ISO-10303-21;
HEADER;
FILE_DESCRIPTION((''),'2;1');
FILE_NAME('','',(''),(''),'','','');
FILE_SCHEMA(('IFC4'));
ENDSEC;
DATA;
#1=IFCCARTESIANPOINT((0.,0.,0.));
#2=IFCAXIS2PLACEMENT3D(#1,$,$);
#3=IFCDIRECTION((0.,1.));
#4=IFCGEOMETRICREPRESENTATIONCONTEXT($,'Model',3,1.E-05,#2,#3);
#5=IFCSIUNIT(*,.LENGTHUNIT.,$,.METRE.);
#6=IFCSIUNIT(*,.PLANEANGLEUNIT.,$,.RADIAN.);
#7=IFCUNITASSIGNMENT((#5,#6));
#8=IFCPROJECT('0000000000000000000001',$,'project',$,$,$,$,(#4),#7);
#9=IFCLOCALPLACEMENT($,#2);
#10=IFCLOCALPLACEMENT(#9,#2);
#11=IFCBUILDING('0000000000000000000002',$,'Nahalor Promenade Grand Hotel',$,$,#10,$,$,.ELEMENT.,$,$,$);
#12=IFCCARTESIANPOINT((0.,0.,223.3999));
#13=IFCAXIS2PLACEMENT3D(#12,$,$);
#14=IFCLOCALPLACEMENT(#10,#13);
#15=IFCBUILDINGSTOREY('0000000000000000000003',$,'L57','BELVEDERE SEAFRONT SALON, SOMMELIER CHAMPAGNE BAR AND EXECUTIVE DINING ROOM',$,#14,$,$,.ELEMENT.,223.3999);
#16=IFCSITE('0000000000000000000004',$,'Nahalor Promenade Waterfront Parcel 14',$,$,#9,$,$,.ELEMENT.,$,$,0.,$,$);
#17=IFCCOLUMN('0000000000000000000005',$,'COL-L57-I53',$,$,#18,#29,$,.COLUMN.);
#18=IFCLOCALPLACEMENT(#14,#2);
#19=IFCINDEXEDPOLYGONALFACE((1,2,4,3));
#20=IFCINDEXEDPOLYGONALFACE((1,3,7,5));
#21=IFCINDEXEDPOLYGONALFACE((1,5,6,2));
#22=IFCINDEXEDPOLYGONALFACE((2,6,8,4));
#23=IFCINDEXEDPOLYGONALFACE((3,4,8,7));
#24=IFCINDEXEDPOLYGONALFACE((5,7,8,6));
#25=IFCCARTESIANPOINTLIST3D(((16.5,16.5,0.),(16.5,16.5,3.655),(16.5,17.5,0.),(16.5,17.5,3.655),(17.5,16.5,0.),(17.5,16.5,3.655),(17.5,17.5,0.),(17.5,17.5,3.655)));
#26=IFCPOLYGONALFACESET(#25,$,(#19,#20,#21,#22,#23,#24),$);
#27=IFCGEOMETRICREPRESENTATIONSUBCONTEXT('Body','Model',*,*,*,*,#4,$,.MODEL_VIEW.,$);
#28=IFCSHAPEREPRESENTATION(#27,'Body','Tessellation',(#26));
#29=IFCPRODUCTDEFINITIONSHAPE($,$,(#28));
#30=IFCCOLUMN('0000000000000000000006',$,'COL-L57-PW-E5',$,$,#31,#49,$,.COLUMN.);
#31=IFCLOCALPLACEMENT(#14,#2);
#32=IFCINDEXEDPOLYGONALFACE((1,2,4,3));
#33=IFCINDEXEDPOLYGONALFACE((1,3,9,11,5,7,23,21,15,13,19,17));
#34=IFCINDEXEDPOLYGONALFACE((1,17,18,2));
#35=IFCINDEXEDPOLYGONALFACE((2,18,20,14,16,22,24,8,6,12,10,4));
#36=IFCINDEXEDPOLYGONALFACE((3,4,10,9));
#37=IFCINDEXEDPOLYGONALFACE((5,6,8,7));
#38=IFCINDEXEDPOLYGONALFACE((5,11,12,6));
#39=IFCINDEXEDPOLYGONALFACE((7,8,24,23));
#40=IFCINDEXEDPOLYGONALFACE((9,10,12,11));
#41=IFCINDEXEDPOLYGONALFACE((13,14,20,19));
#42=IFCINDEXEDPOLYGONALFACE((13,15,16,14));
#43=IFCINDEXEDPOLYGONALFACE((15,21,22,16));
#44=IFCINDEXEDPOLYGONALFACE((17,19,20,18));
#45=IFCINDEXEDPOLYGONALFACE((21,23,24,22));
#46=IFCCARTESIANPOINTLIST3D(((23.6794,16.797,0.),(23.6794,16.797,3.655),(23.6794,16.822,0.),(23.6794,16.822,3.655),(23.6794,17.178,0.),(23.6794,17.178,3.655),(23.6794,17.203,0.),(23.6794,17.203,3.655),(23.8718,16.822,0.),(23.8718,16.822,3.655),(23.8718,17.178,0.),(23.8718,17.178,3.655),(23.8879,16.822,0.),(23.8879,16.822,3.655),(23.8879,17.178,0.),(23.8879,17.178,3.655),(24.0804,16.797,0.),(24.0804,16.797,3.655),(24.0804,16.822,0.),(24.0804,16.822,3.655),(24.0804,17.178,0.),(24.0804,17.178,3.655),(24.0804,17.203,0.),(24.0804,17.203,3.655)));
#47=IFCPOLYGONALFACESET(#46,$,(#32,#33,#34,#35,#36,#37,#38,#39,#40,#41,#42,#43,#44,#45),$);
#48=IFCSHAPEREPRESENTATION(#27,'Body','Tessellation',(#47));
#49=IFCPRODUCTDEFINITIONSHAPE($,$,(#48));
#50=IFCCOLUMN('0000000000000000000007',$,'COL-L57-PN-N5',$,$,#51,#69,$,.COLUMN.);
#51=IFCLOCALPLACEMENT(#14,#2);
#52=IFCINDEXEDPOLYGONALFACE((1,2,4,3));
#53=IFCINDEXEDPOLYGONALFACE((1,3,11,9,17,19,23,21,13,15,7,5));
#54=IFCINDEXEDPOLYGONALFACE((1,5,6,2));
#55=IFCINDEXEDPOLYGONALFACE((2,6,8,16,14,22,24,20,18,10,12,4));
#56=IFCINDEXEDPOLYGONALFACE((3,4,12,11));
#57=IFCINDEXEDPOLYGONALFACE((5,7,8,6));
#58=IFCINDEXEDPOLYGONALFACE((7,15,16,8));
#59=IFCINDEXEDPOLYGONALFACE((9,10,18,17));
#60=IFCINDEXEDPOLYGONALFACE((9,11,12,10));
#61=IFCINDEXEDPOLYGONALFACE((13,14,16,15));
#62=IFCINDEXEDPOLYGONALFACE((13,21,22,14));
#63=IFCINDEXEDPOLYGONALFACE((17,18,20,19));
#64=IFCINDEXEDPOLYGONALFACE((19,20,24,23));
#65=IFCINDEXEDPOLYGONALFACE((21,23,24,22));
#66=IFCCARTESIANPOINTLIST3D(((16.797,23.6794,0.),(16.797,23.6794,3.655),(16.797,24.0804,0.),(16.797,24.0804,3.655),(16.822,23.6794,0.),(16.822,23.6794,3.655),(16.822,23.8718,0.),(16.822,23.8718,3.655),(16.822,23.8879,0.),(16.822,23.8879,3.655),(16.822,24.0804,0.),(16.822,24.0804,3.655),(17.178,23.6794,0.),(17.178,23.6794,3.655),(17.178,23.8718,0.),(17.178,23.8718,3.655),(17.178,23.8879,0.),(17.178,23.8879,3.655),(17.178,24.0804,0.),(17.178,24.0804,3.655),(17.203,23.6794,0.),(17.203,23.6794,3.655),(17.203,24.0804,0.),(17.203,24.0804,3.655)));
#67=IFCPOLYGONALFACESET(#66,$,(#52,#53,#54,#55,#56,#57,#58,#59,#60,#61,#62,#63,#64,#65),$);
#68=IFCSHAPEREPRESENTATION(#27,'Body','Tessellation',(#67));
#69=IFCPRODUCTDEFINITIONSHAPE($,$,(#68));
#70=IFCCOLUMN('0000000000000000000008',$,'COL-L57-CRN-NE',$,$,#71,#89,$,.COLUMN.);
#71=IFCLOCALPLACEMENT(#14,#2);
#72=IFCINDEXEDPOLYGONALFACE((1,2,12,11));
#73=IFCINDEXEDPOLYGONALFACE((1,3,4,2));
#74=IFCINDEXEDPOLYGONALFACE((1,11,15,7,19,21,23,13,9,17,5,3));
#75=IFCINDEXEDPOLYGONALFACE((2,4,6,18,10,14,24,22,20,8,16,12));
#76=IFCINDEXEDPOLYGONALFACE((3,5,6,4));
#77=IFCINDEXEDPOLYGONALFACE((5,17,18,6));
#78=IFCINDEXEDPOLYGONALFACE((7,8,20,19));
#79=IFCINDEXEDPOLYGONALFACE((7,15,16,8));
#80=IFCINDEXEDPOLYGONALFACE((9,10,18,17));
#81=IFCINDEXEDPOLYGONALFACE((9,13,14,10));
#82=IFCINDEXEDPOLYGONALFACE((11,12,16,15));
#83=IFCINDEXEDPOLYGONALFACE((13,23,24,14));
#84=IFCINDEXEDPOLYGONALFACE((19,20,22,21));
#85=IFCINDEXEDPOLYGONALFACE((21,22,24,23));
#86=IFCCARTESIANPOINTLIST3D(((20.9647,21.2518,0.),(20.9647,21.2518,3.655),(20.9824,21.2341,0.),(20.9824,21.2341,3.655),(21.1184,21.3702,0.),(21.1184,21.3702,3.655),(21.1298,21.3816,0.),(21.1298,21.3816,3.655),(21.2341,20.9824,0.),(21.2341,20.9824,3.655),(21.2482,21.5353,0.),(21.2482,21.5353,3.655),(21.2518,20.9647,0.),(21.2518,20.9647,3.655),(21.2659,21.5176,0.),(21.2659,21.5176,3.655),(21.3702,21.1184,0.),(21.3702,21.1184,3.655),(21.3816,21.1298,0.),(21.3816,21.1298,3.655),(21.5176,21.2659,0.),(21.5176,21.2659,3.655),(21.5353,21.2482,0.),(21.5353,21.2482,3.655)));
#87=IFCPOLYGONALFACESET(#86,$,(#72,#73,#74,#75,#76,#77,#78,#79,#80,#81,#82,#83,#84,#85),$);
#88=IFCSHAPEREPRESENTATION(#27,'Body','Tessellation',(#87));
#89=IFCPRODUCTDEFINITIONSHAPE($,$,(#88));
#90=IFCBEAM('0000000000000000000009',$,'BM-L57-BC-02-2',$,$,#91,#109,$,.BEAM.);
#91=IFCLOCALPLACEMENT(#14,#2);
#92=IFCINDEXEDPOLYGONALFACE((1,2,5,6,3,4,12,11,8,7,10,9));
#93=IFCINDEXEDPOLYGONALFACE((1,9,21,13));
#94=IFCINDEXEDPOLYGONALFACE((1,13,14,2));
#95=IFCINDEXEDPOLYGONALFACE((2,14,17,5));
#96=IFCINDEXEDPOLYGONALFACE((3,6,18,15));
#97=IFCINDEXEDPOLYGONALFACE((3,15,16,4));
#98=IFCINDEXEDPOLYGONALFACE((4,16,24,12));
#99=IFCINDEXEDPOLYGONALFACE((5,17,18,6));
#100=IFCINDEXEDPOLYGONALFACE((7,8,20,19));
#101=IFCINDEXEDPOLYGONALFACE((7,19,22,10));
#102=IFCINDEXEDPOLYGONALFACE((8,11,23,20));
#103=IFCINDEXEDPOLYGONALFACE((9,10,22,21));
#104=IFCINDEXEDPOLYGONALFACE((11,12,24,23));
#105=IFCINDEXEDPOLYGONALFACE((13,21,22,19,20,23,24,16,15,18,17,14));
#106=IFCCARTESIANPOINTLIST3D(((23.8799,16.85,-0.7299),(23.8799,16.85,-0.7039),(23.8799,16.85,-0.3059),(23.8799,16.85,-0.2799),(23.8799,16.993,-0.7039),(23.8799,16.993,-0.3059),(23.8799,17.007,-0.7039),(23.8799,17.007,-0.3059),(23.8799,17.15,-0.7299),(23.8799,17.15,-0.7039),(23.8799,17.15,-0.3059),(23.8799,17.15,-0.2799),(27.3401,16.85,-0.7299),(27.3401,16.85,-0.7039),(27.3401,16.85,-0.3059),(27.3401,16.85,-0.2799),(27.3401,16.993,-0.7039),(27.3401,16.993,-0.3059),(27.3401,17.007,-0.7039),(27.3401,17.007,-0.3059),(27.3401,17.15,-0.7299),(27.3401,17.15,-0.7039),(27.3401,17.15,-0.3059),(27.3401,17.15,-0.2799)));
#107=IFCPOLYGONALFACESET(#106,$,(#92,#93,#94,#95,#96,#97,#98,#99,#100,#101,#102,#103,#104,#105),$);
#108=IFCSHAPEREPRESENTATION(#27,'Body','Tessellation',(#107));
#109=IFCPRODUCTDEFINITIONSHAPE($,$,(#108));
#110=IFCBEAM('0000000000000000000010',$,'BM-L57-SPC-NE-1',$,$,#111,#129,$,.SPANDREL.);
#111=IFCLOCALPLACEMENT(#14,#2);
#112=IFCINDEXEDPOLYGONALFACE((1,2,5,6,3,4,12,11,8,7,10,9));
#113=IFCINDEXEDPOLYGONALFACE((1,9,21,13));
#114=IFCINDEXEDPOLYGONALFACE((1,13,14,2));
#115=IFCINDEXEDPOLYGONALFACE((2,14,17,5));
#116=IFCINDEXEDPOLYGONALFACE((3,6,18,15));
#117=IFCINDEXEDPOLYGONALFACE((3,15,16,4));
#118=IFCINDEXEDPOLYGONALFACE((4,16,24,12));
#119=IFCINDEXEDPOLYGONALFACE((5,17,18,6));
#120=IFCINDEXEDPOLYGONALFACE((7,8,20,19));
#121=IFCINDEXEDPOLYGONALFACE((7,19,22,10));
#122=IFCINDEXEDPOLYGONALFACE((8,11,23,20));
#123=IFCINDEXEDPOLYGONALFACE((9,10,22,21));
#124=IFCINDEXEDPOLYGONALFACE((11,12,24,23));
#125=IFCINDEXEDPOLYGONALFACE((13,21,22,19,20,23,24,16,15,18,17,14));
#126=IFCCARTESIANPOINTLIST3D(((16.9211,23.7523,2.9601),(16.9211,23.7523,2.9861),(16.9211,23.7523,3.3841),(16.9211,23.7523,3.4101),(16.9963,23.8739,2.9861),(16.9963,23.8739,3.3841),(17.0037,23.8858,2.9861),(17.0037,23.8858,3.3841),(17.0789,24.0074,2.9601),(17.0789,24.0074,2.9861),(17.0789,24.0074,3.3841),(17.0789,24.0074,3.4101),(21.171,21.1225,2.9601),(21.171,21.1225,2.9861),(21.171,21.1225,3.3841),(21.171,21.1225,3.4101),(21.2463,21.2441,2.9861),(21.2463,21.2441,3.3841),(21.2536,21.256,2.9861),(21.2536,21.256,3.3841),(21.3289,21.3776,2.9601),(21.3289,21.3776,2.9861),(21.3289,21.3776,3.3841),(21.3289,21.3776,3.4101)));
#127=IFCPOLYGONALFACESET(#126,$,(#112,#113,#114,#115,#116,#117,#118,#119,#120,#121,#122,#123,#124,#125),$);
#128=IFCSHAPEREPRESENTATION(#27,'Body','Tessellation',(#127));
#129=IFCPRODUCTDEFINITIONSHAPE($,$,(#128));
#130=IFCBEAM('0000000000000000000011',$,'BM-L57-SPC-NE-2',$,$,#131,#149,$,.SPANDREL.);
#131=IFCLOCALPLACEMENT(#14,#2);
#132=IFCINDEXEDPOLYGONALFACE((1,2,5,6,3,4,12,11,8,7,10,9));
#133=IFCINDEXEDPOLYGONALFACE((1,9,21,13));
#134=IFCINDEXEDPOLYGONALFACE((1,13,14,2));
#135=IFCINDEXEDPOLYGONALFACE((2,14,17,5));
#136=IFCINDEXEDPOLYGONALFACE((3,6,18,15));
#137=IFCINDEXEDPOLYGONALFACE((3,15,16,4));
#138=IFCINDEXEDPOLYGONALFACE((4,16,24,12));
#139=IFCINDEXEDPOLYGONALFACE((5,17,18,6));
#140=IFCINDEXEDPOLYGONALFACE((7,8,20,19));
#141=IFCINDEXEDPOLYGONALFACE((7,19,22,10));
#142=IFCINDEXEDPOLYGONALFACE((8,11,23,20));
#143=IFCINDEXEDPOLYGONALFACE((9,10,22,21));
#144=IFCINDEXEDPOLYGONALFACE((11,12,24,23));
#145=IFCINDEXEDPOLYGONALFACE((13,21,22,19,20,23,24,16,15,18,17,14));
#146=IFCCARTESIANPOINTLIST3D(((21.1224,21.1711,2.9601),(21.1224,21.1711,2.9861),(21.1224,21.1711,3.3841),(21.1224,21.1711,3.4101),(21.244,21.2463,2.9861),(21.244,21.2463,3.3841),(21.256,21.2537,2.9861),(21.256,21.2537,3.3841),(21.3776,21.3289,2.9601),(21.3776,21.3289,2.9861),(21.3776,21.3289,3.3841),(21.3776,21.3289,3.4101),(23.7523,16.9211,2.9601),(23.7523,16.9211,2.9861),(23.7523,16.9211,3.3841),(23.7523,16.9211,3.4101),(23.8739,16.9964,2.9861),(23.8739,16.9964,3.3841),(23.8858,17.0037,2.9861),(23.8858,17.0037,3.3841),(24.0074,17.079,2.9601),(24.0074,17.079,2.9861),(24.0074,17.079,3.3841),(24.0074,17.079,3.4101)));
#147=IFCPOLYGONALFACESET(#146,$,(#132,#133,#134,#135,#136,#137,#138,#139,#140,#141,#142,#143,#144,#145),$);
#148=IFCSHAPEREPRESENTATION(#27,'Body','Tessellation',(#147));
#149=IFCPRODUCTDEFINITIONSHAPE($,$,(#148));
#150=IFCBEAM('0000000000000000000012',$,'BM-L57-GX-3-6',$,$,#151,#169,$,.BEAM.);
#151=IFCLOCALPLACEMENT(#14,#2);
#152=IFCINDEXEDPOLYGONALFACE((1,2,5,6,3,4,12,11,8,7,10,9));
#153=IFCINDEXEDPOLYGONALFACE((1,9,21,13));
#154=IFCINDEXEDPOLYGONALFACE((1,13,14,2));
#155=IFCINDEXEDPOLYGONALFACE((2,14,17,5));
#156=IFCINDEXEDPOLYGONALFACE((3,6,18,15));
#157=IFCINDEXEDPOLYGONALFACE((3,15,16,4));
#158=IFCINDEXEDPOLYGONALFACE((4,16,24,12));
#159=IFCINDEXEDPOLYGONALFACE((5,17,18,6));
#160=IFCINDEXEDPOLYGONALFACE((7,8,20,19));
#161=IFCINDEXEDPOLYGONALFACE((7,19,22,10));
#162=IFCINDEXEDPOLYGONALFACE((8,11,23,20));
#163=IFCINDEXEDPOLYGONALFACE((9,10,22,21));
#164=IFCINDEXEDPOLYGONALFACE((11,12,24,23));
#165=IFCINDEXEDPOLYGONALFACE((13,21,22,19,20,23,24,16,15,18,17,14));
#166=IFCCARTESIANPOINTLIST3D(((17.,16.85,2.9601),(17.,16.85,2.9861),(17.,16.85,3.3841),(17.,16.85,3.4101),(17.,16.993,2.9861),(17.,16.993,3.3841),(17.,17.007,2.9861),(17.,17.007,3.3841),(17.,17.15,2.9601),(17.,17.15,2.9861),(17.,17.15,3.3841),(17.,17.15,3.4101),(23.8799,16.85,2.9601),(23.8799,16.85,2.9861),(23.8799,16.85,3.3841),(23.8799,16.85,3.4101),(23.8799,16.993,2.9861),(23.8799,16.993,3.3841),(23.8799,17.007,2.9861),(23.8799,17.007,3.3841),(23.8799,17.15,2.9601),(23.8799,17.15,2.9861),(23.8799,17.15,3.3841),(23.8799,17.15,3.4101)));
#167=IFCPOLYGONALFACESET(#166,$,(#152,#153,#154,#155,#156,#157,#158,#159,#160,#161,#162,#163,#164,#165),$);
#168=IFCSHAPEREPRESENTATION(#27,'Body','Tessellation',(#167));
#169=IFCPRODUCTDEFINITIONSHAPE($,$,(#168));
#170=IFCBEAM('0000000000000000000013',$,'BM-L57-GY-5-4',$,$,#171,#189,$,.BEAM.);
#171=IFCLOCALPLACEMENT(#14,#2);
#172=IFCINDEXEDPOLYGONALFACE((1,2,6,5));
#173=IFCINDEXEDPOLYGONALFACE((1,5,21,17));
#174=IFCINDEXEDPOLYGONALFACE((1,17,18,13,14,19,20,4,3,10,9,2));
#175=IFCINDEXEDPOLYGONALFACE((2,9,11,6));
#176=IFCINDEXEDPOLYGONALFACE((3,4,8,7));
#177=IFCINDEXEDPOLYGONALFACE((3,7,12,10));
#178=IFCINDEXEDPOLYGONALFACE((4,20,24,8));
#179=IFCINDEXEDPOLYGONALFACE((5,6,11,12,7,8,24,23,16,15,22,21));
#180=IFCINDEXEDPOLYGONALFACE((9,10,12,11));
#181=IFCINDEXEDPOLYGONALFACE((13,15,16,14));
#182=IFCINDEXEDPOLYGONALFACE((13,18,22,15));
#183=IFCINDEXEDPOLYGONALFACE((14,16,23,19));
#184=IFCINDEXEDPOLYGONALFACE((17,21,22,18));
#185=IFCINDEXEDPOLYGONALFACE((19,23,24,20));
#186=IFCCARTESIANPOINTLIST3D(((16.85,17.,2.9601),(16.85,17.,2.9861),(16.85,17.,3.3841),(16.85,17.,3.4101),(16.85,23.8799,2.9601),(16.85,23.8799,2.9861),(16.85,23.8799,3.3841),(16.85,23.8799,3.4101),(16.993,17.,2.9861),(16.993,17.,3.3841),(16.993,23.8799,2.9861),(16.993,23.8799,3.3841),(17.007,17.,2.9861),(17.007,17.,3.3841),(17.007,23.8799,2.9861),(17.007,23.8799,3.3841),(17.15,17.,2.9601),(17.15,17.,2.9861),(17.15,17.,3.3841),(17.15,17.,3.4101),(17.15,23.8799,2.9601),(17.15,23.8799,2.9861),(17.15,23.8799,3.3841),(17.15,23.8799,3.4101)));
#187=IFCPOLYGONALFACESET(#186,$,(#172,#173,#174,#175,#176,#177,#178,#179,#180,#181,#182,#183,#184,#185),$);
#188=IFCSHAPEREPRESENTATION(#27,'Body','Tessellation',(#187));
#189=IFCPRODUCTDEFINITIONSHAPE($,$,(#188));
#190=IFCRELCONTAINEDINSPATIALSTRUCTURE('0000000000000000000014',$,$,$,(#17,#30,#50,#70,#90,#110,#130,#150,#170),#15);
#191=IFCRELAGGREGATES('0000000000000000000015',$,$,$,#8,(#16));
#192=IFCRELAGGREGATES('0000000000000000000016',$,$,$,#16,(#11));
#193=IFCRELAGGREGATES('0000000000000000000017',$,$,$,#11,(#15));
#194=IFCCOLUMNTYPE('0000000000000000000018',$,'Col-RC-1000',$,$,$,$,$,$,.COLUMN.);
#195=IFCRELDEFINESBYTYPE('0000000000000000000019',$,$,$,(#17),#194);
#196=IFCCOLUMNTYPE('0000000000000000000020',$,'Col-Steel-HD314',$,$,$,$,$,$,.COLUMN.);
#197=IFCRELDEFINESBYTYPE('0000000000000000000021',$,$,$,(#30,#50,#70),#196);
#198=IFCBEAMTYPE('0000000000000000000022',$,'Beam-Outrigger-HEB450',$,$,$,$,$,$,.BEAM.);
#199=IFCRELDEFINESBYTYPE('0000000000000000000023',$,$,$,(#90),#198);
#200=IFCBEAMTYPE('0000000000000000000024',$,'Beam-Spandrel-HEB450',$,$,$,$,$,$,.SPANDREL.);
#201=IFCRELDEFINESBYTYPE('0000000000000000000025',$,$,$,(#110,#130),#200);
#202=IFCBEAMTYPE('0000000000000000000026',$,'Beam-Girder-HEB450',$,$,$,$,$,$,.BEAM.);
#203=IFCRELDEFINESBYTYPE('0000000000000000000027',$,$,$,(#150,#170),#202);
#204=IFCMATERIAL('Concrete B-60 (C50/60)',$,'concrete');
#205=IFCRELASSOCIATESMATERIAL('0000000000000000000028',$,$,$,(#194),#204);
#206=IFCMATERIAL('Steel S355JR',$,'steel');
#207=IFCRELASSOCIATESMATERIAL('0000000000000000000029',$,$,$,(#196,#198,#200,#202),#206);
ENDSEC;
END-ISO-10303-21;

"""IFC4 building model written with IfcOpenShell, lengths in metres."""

from ifc_helpers import new_model, si_unit, direction, frame, origin, origin_2d, place, context, subcontext, project, spatial, rectangle, i_section, extrude, source, transform, mapped, material, material_profile, profile_set, type_object, element, save


model = new_model("IFC4")

# Units and contexts
model_context = context("Model", 3, precision=1e-05, world=origin(), true_north=direction((0.0, 1.0)))
body_context = subcontext(model_context, "Body", "Model", "MODEL_VIEW")
ifc_project = project(units=[si_unit("LENGTHUNIT", "METRE"), si_unit("PLANEANGLEUNIT", "RADIAN")], contexts=[model_context])

# Site, building, storey
site_placement = place(None, origin())
site = spatial("IfcSite", under=ifc_project, at=site_placement, Name="Nahalor Promenade Waterfront Parcel 14", CompositionType="ELEMENT", RefElevation=0.0)
building_placement = place(site_placement, origin())
building = spatial("IfcBuilding", under=site, at=building_placement, Name="Nahalor Promenade Grand Hotel", CompositionType="ELEMENT")
storey_placement = place(building_placement, frame((0.0, 0.0, 223.3999)))
storey = spatial("IfcBuildingStorey", under=building, at=storey_placement, Name="L57", Description="BELVEDERE SEAFRONT SALON, SOMMELIER CHAMPAGNE BAR AND EXECUTIVE DINING ROOM", CompositionType="ELEMENT", Elevation=223.3999)

# Columns
ifc_material_1 = material(Name="Concrete B-60 (C50/60)", Category="concrete")
ifc_material_profile_1 = material_profile(ifc_material_1, rectangle(XDim=1.0, YDim=1.0, at=origin_2d()), Name="RC 1000x1000")
ifc_profile_set_1 = profile_set([ifc_material_profile_1], Name="Concrete B-60 (C50/60)")
column_type_1 = type_object("IfcColumnType", Name="Col-RC-1000", PredefinedType="COLUMN", material=ifc_profile_set_1)
shared_shape_1 = source(origin(), body_context, "Body", "SweptSolid", [
    extrude(rectangle(XDim=1.0, YDim=1.0, at=origin_2d()), origin(), (0.0, 0.0, 1.0), 3.655),
])
column_placement = place(storey_placement, frame((17.0, 17.0, 0.0), z_axis=(0.0, 0.0, 1.0), x_axis=(1.0, 0.0, 0.0)))
element("IfcColumn", 1, at=column_placement, inside=storey, type_object=column_type_1, Name="COL-L57-I53", PredefinedType="COLUMN", context=body_context, shape_type="MappedRepresentation", body=[
    mapped(shared_shape_1, transform((0.0, 0.0, 0.0), scale=1.0)),
])
ifc_material_2 = material(Name="Steel S355JR", Category="steel")
ifc_material_profile_2 = material_profile(ifc_material_2, i_section(OverallWidth=0.401, OverallDepth=0.406, WebThickness=0.0161, FlangeThickness=0.025, at=origin_2d()), Name="HD 400x314")
ifc_profile_set_2 = profile_set([ifc_material_profile_2], Name="Steel S355JR")
column_type_2 = type_object("IfcColumnType", Name="Col-Steel-HD314", PredefinedType="COLUMN", material=ifc_profile_set_2)
shared_shape_2 = source(origin(), body_context, "Body", "SweptSolid", [
    extrude(i_section(OverallWidth=0.401, OverallDepth=0.406, WebThickness=0.0161, FlangeThickness=0.025, at=origin_2d()), origin(), (0.0, 0.0, 1.0), 3.655),
])
for number, where, z_axis, x_axis, name in (
    (2, (23.8799, 17.0, 0.0), (0.0, 0.0, 1.0), (1.0, 0.0, 0.0), "COL-L57-PW-E5"),
    (3, (17.0, 23.8799, 0.0), (0.0, 0.0, 1.0), (0.0, 1.0, 0.0), "COL-L57-PN-N5"),
    (4, (21.25, 21.25, 0.0), (0.0, 0.0, 1.0), (0.707107, 0.707107, 0.0), "COL-L57-CRN-NE"),
):
    element("IfcColumn", number, at=place(storey_placement, frame(where, z_axis=z_axis, x_axis=x_axis)), inside=storey, type_object=column_type_2, Name=name, PredefinedType="COLUMN", context=body_context, shape_type="MappedRepresentation", body=[
        mapped(shared_shape_2, transform((0.0, 0.0, 0.0), scale=1.0)),
    ])

# Beams
ifc_material_profile_3 = material_profile(ifc_material_2, i_section(OverallWidth=0.3, OverallDepth=0.45, WebThickness=0.014, FlangeThickness=0.026, at=origin_2d()), Name="HEB 450")
ifc_profile_set_3 = profile_set([ifc_material_profile_3], Name="Steel S355JR")
beam_type_1 = type_object("IfcBeamType", Name="Beam-Outrigger-HEB450", PredefinedType="BEAM", material=ifc_profile_set_3)
shared_shape_3 = source(origin(), body_context, "Body", "SweptSolid", [
    extrude(i_section(OverallWidth=0.3, OverallDepth=0.45, WebThickness=0.014, FlangeThickness=0.026, at=origin_2d()), origin(), (0.0, 0.0, 1.0), 3.4602),
])
beam_placement = place(storey_placement, frame((23.8799, 17.0, -0.5049), z_axis=(1.0, 0.0, 0.0), x_axis=(0.0, 1.0, 0.0)))
element("IfcBeam", 5, at=beam_placement, inside=storey, type_object=beam_type_1, Name="BM-L57-BC-02-2", PredefinedType="BEAM", context=body_context, shape_type="MappedRepresentation", body=[
    mapped(shared_shape_3, transform((0.0, 0.0, 0.0), scale=1.0)),
])
ifc_material_profile_4 = material_profile(ifc_material_2, i_section(OverallWidth=0.3, OverallDepth=0.45, WebThickness=0.014, FlangeThickness=0.026, at=origin_2d()), Name="HEB 450")
ifc_profile_set_4 = profile_set([ifc_material_profile_4], Name="Steel S355JR")
beam_type_2 = type_object("IfcBeamType", Name="Beam-Spandrel-HEB450", PredefinedType="SPANDREL", material=ifc_profile_set_4)
shared_shape_4 = source(origin(), body_context, "Body", "SweptSolid", [
    extrude(i_section(OverallWidth=0.3, OverallDepth=0.45, WebThickness=0.014, FlangeThickness=0.026, at=origin_2d()), origin(), (0.0, 0.0, 1.0), 4.9978),
])
for number, where, z_axis, x_axis, name in (
    (6, (17.0, 23.8799, 3.1851), (0.850361, -0.5262, 0.0), (0.5262, 0.850361, 0.0), "BM-L57-SPC-NE-1"),
    (7, (21.25, 21.25, 3.1851), (0.5262, -0.850361, 0.0), (0.850361, 0.5262, 0.0), "BM-L57-SPC-NE-2"),
):
    element("IfcBeam", number, at=place(storey_placement, frame(where, z_axis=z_axis, x_axis=x_axis)), inside=storey, type_object=beam_type_2, Name=name, PredefinedType="SPANDREL", context=body_context, shape_type="MappedRepresentation", body=[
        mapped(shared_shape_4, transform((0.0, 0.0, 0.0), scale=1.0)),
    ])
ifc_material_profile_5 = material_profile(ifc_material_2, i_section(OverallWidth=0.3, OverallDepth=0.45, WebThickness=0.014, FlangeThickness=0.026, at=origin_2d()), Name="HEB 450")
ifc_profile_set_5 = profile_set([ifc_material_profile_5], Name="Steel S355JR")
beam_type_3 = type_object("IfcBeamType", Name="Beam-Girder-HEB450", PredefinedType="BEAM", material=ifc_profile_set_5)
shared_shape_5 = source(origin(), body_context, "Body", "SweptSolid", [
    extrude(i_section(OverallWidth=0.3, OverallDepth=0.45, WebThickness=0.014, FlangeThickness=0.026, at=origin_2d()), origin(), (0.0, 0.0, 1.0), 6.8799),
])
for number, where, z_axis, x_axis, name in (
    (8, (17.0, 17.0, 3.1851), (1.0, 0.0, 0.0), (0.0, 1.0, 0.0), "BM-L57-GX-3-6"),
    (9, (17.0, 17.0, 3.1851), (0.0, 1.0, 0.0), (-1.0, 0.0, 0.0), "BM-L57-GY-5-4"),
):
    element("IfcBeam", number, at=place(storey_placement, frame(where, z_axis=z_axis, x_axis=x_axis)), inside=storey, type_object=beam_type_3, Name=name, PredefinedType="BEAM", context=body_context, shape_type="MappedRepresentation", body=[
        mapped(shared_shape_5, transform((0.0, 0.0, 0.0), scale=1.0)),
    ])

save(model, "model.ifc")
